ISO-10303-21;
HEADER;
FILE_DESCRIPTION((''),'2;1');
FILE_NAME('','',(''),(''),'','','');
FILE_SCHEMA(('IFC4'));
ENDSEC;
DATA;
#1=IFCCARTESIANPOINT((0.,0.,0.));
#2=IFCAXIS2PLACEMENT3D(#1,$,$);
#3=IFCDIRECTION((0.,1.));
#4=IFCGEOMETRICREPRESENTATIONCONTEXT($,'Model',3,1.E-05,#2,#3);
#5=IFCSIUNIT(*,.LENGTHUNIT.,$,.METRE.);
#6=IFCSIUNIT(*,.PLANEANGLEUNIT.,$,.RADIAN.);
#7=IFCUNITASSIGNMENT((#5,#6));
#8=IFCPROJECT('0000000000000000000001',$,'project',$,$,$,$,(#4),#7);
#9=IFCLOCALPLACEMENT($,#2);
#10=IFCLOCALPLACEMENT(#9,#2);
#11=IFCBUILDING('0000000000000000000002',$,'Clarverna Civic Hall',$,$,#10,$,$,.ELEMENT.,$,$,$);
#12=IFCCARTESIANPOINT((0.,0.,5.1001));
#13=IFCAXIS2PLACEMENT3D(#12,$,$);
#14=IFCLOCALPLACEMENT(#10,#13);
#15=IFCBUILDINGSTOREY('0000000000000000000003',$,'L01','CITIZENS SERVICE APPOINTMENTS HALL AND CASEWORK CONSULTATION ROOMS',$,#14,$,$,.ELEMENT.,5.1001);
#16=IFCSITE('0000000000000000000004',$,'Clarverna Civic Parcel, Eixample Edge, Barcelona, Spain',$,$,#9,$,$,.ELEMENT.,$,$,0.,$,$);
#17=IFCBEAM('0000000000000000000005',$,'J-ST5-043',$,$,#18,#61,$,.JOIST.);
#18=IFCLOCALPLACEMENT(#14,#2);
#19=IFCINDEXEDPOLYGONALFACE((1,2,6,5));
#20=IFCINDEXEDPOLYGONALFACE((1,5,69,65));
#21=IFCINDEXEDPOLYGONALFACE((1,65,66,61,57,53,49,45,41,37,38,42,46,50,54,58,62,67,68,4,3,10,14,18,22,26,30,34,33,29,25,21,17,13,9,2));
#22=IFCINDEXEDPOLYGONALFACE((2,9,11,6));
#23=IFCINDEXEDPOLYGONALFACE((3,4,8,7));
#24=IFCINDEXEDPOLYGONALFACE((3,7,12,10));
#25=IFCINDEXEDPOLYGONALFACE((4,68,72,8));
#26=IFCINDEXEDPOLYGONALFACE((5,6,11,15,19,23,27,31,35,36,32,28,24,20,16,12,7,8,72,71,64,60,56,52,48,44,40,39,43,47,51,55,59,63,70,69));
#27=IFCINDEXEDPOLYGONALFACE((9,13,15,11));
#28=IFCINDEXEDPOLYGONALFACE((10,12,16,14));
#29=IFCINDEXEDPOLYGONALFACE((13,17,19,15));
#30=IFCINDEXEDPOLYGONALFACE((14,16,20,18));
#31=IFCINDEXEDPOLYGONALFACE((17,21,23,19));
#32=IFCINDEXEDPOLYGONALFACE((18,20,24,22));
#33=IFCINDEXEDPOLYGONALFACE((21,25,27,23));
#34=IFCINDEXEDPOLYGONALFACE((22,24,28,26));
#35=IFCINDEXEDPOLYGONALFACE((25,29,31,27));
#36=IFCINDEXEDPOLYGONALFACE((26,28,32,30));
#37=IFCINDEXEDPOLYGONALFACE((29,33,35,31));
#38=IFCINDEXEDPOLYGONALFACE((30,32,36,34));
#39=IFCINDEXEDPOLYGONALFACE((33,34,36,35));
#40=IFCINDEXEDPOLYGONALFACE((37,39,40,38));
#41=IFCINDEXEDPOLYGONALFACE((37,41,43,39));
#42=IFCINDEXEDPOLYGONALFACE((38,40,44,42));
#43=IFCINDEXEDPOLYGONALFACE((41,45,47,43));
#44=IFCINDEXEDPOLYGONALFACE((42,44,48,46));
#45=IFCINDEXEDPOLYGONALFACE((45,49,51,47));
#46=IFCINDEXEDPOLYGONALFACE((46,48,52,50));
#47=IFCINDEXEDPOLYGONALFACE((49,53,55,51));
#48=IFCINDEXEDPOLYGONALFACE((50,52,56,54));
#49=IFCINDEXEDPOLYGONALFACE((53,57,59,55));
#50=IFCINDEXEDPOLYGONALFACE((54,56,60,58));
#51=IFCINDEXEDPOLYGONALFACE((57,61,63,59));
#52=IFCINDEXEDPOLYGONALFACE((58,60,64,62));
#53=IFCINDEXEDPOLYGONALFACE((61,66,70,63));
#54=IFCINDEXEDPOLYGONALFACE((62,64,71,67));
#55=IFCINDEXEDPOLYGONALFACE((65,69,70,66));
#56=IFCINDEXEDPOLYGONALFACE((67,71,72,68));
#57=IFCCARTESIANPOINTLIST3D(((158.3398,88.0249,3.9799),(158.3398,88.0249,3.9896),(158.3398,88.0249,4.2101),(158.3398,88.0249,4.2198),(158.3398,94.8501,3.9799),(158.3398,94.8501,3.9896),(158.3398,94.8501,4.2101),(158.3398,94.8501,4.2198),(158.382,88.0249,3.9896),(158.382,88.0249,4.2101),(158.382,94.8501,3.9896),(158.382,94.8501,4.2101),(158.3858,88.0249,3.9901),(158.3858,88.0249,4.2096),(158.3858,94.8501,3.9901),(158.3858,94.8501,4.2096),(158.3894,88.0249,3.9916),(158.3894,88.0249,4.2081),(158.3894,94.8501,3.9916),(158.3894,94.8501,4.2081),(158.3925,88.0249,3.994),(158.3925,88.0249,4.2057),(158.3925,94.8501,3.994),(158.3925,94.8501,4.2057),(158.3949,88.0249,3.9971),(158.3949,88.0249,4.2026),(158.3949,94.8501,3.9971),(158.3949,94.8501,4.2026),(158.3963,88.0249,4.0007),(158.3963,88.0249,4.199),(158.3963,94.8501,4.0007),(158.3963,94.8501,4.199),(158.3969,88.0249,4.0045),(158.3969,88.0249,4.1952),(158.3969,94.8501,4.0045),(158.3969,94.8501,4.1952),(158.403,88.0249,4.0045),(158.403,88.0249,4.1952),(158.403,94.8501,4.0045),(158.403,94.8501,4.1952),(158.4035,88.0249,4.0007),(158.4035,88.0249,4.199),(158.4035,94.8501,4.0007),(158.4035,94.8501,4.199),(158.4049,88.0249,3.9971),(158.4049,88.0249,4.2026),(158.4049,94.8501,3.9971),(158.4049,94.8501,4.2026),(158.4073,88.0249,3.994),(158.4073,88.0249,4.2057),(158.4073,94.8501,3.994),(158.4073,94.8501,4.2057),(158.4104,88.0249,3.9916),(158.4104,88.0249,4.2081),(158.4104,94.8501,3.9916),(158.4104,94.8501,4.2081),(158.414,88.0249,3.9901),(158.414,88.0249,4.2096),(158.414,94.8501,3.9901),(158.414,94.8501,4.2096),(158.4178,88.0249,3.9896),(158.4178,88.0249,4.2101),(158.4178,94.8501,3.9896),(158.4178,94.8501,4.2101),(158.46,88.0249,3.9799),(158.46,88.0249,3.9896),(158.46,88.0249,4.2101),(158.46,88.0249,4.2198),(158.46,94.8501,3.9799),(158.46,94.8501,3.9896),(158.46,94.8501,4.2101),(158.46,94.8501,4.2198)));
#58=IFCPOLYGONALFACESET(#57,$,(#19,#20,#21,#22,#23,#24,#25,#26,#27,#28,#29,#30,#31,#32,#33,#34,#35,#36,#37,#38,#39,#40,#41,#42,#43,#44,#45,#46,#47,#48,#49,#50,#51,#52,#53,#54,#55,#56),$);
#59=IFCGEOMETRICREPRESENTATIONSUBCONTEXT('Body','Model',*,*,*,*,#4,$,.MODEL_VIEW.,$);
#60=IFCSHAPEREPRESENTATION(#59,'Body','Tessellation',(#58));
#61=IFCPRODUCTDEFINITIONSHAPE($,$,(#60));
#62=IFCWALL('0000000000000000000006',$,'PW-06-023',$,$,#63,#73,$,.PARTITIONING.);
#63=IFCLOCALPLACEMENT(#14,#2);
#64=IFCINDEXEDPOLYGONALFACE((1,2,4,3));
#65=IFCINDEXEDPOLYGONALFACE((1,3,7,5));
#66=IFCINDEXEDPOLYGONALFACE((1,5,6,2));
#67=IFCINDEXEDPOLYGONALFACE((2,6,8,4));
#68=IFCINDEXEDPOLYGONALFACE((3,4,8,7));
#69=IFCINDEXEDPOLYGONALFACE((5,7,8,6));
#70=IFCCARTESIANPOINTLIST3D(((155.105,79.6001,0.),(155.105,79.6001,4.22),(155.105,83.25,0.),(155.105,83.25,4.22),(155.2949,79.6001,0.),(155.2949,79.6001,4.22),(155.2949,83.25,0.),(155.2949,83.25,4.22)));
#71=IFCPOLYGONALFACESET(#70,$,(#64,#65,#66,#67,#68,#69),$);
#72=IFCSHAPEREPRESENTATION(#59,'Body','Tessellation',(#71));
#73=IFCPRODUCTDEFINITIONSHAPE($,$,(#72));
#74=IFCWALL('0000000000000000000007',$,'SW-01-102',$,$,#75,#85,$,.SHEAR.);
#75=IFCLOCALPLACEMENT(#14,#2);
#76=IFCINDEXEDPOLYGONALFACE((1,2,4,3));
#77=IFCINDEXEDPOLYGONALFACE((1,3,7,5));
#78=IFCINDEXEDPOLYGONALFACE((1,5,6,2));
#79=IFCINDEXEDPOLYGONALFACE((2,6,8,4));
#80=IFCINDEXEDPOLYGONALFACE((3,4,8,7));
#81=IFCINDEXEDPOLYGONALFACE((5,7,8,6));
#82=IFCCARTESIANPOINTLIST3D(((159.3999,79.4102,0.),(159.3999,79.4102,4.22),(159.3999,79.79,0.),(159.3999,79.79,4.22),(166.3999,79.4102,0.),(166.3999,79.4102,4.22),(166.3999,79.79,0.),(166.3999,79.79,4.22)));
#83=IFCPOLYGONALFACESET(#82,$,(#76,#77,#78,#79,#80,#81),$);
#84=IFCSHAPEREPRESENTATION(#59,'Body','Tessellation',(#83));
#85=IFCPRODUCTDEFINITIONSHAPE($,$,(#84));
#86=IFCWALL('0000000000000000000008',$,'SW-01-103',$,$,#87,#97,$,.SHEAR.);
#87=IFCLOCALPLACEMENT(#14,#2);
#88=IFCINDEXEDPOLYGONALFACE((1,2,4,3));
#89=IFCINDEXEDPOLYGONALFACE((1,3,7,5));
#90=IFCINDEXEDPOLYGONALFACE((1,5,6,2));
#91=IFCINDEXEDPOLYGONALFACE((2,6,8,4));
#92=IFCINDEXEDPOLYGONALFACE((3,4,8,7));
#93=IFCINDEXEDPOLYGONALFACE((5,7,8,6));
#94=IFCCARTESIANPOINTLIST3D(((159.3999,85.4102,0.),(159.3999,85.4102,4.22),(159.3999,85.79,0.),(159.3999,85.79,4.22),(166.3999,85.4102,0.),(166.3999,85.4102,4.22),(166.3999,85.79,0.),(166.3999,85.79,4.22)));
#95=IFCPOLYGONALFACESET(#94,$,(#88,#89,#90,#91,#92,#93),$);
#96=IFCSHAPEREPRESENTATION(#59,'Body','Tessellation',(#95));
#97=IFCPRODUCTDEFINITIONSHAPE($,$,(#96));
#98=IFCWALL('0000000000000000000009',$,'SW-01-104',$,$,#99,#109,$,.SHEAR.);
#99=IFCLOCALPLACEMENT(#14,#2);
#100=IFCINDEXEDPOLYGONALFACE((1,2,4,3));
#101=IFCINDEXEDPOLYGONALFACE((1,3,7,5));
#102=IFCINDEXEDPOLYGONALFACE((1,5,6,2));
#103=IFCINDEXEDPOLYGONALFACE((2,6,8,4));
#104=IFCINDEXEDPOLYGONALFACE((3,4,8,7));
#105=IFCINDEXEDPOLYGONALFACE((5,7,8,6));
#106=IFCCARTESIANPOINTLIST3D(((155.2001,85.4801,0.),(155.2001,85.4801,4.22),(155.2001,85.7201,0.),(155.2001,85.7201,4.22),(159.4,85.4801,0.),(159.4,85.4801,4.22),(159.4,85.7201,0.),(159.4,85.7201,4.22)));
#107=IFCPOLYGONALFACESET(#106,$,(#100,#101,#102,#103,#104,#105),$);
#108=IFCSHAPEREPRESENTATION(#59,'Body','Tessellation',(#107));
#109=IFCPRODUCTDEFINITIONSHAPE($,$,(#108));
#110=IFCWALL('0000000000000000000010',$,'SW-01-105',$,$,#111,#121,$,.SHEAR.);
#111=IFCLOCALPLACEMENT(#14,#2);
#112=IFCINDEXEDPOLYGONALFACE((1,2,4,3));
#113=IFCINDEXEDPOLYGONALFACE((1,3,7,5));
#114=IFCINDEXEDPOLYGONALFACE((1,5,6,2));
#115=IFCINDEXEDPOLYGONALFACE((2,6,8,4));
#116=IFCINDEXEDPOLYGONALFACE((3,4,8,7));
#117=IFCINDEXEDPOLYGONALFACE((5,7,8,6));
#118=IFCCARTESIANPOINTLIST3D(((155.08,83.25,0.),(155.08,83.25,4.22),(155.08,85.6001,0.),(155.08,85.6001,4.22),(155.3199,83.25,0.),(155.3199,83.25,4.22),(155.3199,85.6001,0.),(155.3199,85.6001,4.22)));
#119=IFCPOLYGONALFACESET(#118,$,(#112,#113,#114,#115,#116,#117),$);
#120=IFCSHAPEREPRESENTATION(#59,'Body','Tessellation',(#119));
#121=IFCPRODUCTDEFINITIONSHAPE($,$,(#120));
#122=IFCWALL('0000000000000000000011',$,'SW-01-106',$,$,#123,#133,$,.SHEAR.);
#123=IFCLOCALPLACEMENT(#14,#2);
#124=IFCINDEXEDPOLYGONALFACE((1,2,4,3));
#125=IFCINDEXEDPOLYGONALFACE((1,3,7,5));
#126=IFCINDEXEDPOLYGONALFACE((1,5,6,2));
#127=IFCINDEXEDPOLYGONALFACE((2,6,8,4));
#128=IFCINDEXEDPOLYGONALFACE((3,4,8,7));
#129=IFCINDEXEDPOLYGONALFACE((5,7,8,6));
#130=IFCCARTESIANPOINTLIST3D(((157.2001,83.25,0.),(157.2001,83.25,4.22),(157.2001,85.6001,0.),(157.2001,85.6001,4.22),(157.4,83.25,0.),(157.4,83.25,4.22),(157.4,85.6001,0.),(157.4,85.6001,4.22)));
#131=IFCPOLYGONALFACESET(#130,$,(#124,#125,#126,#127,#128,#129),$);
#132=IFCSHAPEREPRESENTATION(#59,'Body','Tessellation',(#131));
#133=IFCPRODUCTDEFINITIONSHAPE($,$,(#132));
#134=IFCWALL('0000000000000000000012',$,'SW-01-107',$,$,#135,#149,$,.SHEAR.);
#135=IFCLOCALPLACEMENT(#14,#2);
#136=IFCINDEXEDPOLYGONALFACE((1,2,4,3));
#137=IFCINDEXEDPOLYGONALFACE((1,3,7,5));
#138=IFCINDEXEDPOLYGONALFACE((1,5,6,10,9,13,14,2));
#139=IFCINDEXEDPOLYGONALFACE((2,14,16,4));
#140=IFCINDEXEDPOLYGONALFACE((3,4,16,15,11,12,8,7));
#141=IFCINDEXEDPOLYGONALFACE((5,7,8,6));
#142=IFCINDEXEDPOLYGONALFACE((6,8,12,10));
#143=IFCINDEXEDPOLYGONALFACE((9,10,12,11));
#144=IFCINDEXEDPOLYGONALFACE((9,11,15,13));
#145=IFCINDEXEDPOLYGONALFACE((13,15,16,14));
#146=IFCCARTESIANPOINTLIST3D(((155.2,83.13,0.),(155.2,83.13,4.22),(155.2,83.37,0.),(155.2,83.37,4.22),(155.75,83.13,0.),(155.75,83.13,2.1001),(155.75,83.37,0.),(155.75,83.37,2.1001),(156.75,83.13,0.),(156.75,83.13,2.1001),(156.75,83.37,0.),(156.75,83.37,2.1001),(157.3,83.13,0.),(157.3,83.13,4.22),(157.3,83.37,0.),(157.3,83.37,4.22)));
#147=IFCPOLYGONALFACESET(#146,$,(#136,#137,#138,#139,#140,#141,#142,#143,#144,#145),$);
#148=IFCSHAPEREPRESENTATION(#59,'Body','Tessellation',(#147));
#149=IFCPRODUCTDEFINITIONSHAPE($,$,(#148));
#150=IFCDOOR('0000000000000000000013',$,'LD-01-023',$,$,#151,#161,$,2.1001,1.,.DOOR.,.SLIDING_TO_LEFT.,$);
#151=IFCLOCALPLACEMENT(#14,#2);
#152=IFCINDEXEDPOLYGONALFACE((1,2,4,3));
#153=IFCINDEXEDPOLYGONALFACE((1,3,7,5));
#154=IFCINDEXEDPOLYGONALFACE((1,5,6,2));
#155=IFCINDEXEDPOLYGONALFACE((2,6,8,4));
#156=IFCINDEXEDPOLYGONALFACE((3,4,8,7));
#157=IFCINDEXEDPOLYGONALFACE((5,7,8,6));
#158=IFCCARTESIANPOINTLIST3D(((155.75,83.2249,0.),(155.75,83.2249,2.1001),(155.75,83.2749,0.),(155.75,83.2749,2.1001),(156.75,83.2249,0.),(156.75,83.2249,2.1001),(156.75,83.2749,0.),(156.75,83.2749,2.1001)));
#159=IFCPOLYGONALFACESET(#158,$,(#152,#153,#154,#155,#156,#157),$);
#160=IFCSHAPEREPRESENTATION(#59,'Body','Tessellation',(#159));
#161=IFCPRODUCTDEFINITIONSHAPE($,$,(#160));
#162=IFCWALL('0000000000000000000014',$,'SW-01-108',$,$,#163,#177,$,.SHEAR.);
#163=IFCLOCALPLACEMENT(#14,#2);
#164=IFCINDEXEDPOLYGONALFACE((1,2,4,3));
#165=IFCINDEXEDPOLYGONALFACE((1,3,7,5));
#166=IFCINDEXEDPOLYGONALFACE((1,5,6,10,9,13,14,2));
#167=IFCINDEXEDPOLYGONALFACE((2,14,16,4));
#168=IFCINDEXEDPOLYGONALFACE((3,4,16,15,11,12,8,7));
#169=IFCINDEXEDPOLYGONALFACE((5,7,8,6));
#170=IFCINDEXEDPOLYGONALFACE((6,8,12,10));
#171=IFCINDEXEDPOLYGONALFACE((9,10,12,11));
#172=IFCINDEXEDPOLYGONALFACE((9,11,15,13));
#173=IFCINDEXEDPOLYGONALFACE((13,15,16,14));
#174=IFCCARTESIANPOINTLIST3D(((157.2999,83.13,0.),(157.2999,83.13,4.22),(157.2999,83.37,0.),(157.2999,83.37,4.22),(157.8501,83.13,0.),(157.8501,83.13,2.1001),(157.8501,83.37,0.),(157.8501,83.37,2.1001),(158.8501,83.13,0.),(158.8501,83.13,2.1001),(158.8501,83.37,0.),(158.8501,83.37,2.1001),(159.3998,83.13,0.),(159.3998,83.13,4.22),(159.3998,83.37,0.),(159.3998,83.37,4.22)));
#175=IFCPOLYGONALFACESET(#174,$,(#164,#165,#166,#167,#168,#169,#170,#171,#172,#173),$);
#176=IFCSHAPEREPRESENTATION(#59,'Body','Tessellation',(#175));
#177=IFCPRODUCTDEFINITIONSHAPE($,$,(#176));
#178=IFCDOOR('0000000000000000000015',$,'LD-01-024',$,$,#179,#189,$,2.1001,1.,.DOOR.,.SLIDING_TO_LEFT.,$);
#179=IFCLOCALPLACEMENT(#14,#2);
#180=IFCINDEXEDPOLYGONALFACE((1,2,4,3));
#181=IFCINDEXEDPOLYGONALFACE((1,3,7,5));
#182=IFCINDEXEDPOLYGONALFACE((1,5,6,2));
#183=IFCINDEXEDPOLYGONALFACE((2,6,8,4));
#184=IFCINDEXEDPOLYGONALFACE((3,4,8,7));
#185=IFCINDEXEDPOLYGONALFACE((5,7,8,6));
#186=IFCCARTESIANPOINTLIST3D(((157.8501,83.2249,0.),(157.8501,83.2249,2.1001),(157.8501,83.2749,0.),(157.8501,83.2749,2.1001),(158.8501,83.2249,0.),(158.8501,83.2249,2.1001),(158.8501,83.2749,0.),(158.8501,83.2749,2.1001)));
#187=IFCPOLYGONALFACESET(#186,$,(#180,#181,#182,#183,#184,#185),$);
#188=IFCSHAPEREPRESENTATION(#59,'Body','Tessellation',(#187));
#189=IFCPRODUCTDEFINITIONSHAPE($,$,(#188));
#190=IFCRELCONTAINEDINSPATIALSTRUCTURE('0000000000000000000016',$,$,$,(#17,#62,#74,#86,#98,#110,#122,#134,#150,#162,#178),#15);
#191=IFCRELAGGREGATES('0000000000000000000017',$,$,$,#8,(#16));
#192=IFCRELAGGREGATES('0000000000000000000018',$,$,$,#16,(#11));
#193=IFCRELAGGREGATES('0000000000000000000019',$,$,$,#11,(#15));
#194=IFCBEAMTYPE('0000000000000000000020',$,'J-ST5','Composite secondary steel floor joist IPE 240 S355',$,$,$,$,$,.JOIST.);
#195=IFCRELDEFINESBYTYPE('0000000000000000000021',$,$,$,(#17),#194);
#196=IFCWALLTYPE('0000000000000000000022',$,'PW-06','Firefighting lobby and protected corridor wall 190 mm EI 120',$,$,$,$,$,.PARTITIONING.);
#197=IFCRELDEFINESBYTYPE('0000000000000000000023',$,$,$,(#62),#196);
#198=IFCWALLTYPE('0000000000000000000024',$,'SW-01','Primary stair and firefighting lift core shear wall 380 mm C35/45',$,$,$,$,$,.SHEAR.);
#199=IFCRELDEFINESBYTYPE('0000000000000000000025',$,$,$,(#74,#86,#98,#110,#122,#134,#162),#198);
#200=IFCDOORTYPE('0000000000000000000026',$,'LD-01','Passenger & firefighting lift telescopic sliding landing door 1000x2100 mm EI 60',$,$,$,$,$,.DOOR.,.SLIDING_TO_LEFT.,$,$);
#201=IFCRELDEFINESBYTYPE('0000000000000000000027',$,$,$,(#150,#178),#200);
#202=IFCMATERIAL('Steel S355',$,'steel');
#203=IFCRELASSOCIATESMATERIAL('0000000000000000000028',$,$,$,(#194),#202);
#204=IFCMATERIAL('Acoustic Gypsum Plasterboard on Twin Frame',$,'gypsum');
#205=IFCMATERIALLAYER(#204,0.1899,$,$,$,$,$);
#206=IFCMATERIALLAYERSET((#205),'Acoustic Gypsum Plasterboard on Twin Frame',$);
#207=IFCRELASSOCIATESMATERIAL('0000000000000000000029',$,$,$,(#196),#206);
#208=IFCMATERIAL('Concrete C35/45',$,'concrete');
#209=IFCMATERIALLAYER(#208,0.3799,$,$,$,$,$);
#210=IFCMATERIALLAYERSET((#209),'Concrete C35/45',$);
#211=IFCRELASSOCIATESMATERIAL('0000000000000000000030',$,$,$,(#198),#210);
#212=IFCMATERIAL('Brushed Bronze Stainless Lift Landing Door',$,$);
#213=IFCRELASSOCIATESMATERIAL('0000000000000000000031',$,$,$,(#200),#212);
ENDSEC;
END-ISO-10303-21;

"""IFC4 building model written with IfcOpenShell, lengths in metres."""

from ifc_helpers import new_model, si_unit, direction, frame, frame_2d, origin, origin_2d, place, context, subcontext, project, spatial, rectangle, i_section, extrude, material, layer, layer_set, material_profile, profile_set, type_object, element, fill, save


model = new_model("IFC4")

# Units and contexts
model_context = context("Model", 3, precision=1e-05, world=origin(), true_north=direction((0.0, 1.0)))
body_context = subcontext(model_context, "Body", "Model", "MODEL_VIEW")
ifc_project = project(units=[si_unit("LENGTHUNIT", "METRE"), si_unit("PLANEANGLEUNIT", "RADIAN")], contexts=[model_context])

# Site, building, storey
site_placement = place(None, origin())
site = spatial("IfcSite", under=ifc_project, at=site_placement, Name="Clarverna Civic Parcel, Eixample Edge, Barcelona, Spain", CompositionType="ELEMENT", RefElevation=0.0)
building_placement = place(site_placement, origin())
building = spatial("IfcBuilding", under=site, at=building_placement, Name="Clarverna Civic Hall", CompositionType="ELEMENT")
storey_placement = place(building_placement, frame((0.0, 0.0, 5.1001)))
storey = spatial("IfcBuildingStorey", under=building, at=storey_placement, Name="L01", Description="CITIZENS SERVICE APPOINTMENTS HALL AND CASEWORK CONSULTATION ROOMS", CompositionType="ELEMENT", Elevation=5.1001)

# Beam
ifc_material_1 = material(Name="Concrete C35/45", Category="concrete")
ifc_material_2 = material(Name="Steel S355", Category="steel")
ifc_material_profile_1 = material_profile(ifc_material_2, i_section(OverallWidth=0.1201, OverallDepth=0.24, WebThickness=0.0061, FlangeThickness=0.0098, FilletRadius=0.0149, at=origin_2d()), Name="IPE 240")
ifc_profile_set_1 = profile_set([ifc_material_profile_1], Name="Steel S355")
beam_type_1 = type_object("IfcBeamType", Name="J-ST5", Description="Composite secondary steel floor joist IPE 240 S355", PredefinedType="JOIST", material=ifc_profile_set_1)
beam_1_placement = place(storey_placement, frame((158.3999, 88.0249, 4.0999), z_axis=(0.0, 1.0, 0.0), x_axis=(-1.0, 0.0, 0.0)))
element("IfcBeam", 1, at=beam_1_placement, inside=storey, type_object=beam_type_1, Name="J-ST5-043", PredefinedType="JOIST", context=body_context, shape_type="SweptSolid", body=[
    extrude(i_section(OverallWidth=0.1201, OverallDepth=0.24, WebThickness=0.0061, FlangeThickness=0.0098, FilletRadius=0.0149, at=origin_2d()), origin(), (0.0, 0.0, 1.0), 6.8252),
])

# Wall
ifc_material_3 = material(Name="Acoustic Gypsum Plasterboard on Twin Frame", Category="gypsum")
ifc_layer_1 = layer(ifc_material_3, 0.1899)
ifc_layer_set_1 = layer_set([ifc_layer_1], Name="Acoustic Gypsum Plasterboard on Twin Frame")
wall_type_1 = type_object("IfcWallType", Name="PW-06", Description="Firefighting lobby and protected corridor wall 190 mm EI 120", PredefinedType="PARTITIONING", material=ifc_layer_set_1)
wall_1_placement = place(storey_placement, frame((155.2, 79.6001, 0.0), z_axis=(0.0, 0.0, 1.0), x_axis=(0.0, 1.0, 0.0)))
element("IfcWall", 2, at=wall_1_placement, inside=storey, type_object=wall_type_1, Name="PW-06-023", PredefinedType="PARTITIONING", context=body_context, shape_type="SweptSolid", body=[
    extrude(rectangle(XDim=3.6499, YDim=0.1899, at=frame_2d((1.825, 0.0))), origin(), (0.0, 0.0, 1.0), 4.22),
])

# Shared definitions
ifc_layer_2 = layer(ifc_material_1, 0.3799)
ifc_layer_set_2 = layer_set([ifc_layer_2], Name="Concrete C35/45")
wall_type_2 = type_object("IfcWallType", Name="SW-01", Description="Primary stair and firefighting lift core shear wall 380 mm C35/45", PredefinedType="SHEAR", material=ifc_layer_set_2)

# Walls
for number, where, z_axis, x_axis, name in (
    (3, (159.3999, 79.6001, 0.0), (0.0, 0.0, 1.0), (1.0, 0.0, 0.0), "SW-01-102"),
    (4, (159.3999, 85.6001, 0.0), (0.0, 0.0, 1.0), (1.0, 0.0, 0.0), "SW-01-103"),
):
    element("IfcWall", number, at=place(storey_placement, frame(where, z_axis=z_axis, x_axis=x_axis)), inside=storey, type_object=wall_type_2, Name=name, PredefinedType="SHEAR", context=body_context, shape_type="SweptSolid", body=[
        extrude(rectangle(XDim=7.0, YDim=0.3799, at=frame_2d((3.5, 0.0))), origin(), (0.0, 0.0, 1.0), 4.22),
    ])
wall_2_placement = place(storey_placement, frame((155.2, 85.6001, 0.0), z_axis=(0.0, 0.0, 1.0), x_axis=(1.0, 0.0, 0.0)))
element("IfcWall", 5, at=wall_2_placement, inside=storey, type_object=wall_type_2, Name="SW-01-104", PredefinedType="SHEAR", context=body_context, shape_type="SweptSolid", body=[
    extrude(rectangle(XDim=4.2, YDim=0.24, at=frame_2d((2.1001, 0.0))), origin(), (0.0, 0.0, 1.0), 4.22),
])
wall_3_placement = place(storey_placement, frame((155.2, 83.25, 0.0), z_axis=(0.0, 0.0, 1.0), x_axis=(0.0, 1.0, 0.0)))
element("IfcWall", 6, at=wall_3_placement, inside=storey, type_object=wall_type_2, Name="SW-01-105", PredefinedType="SHEAR", context=body_context, shape_type="SweptSolid", body=[
    extrude(rectangle(XDim=2.3501, YDim=0.24, at=frame_2d((1.175, 0.0))), origin(), (0.0, 0.0, 1.0), 4.22),
])
wall_4_placement = place(storey_placement, frame((157.3, 83.25, 0.0), z_axis=(0.0, 0.0, 1.0), x_axis=(0.0, 1.0, 0.0)))
element("IfcWall", 7, at=wall_4_placement, inside=storey, type_object=wall_type_2, Name="SW-01-106", PredefinedType="SHEAR", context=body_context, shape_type="SweptSolid", body=[
    extrude(rectangle(XDim=2.3501, YDim=0.2, at=frame_2d((1.175, 0.0))), origin(), (0.0, 0.0, 1.0), 4.22),
])

# Walls, openings, doors
wall_5_placement = place(storey_placement, frame((155.2, 83.25, 0.0), z_axis=(0.0, 0.0, 1.0), x_axis=(1.0, 0.0, 0.0)))
wall_5 = element("IfcWall", 8, at=wall_5_placement, inside=storey, type_object=wall_type_2, Name="SW-01-107", PredefinedType="SHEAR", context=body_context, shape_type="SweptSolid", body=[
    extrude(rectangle(XDim=2.1001, YDim=0.24, at=frame_2d((1.05, 0.0))), origin(), (0.0, 0.0, 1.0), 4.22),
])
opening_1_placement = place(wall_5_placement, frame((0.55, 0.0, 0.0)))
opening_1 = element("IfcOpeningElement", 9, at=opening_1_placement, cuts=wall_5, PredefinedType="OPENING", context=body_context, shape_type="SweptSolid", body=[
    extrude(rectangle(XDim=1.0, YDim=2.1001, at=frame_2d((0.5, 1.05))), frame((0.0, 0.1299, 0.0), z_axis=(0.0, -1.0, 0.0), x_axis=(1.0, 0.0, 0.0)), (0.0, 0.0, 1.0), 0.26),
])
ifc_material_4 = material(Name="Brushed Bronze Stainless Lift Landing Door")
door_type_1 = type_object("IfcDoorType", Name="LD-01", Description="Passenger & firefighting lift telescopic sliding landing door 1000x2100 mm EI 60", OperationType="SLIDING_TO_LEFT", PredefinedType="DOOR", material=ifc_material_4)
door_1_placement = place(opening_1_placement, origin())
door_1 = element("IfcDoor", 10, at=door_1_placement, inside=storey, type_object=door_type_1, Name="LD-01-023", OperationType="SLIDING_TO_LEFT", OverallHeight=2.1001, OverallWidth=1.0, PredefinedType="DOOR", context=body_context, shape_type="SweptSolid", body=[
    extrude(rectangle(XDim=1.0, YDim=2.1001, at=frame_2d((0.5, 1.05))), frame((0.0, 0.0249, 0.0), z_axis=(0.0, -1.0, 0.0), x_axis=(1.0, 0.0, 0.0)), (0.0, 0.0, 1.0), 0.05),
])
fill(opening_1, door_1)
wall_6_placement = place(storey_placement, frame((157.3, 83.25, 0.0), z_axis=(0.0, 0.0, 1.0), x_axis=(1.0, 0.0, 0.0)))
wall_6 = element("IfcWall", 11, at=wall_6_placement, inside=storey, type_object=wall_type_2, Name="SW-01-108", PredefinedType="SHEAR", context=body_context, shape_type="SweptSolid", body=[
    extrude(rectangle(XDim=2.0999, YDim=0.24, at=frame_2d((1.0498, 0.0))), origin(), (0.0, 0.0, 1.0), 4.22),
])
opening_2_placement = place(wall_6_placement, frame((0.55, 0.0, 0.0)))
opening_2 = element("IfcOpeningElement", 12, at=opening_2_placement, cuts=wall_6, PredefinedType="OPENING", context=body_context, shape_type="SweptSolid", body=[
    extrude(rectangle(XDim=1.0, YDim=2.1001, at=frame_2d((0.5, 1.05))), frame((0.0, 0.1299, 0.0), z_axis=(0.0, -1.0, 0.0), x_axis=(1.0, 0.0, 0.0)), (0.0, 0.0, 1.0), 0.26),
])
door_2_placement = place(opening_2_placement, origin())
door_2 = element("IfcDoor", 13, at=door_2_placement, inside=storey, type_object=door_type_1, Name="LD-01-024", OperationType="SLIDING_TO_LEFT", OverallHeight=2.1001, OverallWidth=1.0, PredefinedType="DOOR", context=body_context, shape_type="SweptSolid", body=[
    extrude(rectangle(XDim=1.0, YDim=2.1001, at=frame_2d((0.5, 1.05))), frame((0.0, 0.0249, 0.0), z_axis=(0.0, -1.0, 0.0), x_axis=(1.0, 0.0, 0.0)), (0.0, 0.0, 1.0), 0.05),
])
fill(opening_2, door_2)

save(model, "model.ifc")
